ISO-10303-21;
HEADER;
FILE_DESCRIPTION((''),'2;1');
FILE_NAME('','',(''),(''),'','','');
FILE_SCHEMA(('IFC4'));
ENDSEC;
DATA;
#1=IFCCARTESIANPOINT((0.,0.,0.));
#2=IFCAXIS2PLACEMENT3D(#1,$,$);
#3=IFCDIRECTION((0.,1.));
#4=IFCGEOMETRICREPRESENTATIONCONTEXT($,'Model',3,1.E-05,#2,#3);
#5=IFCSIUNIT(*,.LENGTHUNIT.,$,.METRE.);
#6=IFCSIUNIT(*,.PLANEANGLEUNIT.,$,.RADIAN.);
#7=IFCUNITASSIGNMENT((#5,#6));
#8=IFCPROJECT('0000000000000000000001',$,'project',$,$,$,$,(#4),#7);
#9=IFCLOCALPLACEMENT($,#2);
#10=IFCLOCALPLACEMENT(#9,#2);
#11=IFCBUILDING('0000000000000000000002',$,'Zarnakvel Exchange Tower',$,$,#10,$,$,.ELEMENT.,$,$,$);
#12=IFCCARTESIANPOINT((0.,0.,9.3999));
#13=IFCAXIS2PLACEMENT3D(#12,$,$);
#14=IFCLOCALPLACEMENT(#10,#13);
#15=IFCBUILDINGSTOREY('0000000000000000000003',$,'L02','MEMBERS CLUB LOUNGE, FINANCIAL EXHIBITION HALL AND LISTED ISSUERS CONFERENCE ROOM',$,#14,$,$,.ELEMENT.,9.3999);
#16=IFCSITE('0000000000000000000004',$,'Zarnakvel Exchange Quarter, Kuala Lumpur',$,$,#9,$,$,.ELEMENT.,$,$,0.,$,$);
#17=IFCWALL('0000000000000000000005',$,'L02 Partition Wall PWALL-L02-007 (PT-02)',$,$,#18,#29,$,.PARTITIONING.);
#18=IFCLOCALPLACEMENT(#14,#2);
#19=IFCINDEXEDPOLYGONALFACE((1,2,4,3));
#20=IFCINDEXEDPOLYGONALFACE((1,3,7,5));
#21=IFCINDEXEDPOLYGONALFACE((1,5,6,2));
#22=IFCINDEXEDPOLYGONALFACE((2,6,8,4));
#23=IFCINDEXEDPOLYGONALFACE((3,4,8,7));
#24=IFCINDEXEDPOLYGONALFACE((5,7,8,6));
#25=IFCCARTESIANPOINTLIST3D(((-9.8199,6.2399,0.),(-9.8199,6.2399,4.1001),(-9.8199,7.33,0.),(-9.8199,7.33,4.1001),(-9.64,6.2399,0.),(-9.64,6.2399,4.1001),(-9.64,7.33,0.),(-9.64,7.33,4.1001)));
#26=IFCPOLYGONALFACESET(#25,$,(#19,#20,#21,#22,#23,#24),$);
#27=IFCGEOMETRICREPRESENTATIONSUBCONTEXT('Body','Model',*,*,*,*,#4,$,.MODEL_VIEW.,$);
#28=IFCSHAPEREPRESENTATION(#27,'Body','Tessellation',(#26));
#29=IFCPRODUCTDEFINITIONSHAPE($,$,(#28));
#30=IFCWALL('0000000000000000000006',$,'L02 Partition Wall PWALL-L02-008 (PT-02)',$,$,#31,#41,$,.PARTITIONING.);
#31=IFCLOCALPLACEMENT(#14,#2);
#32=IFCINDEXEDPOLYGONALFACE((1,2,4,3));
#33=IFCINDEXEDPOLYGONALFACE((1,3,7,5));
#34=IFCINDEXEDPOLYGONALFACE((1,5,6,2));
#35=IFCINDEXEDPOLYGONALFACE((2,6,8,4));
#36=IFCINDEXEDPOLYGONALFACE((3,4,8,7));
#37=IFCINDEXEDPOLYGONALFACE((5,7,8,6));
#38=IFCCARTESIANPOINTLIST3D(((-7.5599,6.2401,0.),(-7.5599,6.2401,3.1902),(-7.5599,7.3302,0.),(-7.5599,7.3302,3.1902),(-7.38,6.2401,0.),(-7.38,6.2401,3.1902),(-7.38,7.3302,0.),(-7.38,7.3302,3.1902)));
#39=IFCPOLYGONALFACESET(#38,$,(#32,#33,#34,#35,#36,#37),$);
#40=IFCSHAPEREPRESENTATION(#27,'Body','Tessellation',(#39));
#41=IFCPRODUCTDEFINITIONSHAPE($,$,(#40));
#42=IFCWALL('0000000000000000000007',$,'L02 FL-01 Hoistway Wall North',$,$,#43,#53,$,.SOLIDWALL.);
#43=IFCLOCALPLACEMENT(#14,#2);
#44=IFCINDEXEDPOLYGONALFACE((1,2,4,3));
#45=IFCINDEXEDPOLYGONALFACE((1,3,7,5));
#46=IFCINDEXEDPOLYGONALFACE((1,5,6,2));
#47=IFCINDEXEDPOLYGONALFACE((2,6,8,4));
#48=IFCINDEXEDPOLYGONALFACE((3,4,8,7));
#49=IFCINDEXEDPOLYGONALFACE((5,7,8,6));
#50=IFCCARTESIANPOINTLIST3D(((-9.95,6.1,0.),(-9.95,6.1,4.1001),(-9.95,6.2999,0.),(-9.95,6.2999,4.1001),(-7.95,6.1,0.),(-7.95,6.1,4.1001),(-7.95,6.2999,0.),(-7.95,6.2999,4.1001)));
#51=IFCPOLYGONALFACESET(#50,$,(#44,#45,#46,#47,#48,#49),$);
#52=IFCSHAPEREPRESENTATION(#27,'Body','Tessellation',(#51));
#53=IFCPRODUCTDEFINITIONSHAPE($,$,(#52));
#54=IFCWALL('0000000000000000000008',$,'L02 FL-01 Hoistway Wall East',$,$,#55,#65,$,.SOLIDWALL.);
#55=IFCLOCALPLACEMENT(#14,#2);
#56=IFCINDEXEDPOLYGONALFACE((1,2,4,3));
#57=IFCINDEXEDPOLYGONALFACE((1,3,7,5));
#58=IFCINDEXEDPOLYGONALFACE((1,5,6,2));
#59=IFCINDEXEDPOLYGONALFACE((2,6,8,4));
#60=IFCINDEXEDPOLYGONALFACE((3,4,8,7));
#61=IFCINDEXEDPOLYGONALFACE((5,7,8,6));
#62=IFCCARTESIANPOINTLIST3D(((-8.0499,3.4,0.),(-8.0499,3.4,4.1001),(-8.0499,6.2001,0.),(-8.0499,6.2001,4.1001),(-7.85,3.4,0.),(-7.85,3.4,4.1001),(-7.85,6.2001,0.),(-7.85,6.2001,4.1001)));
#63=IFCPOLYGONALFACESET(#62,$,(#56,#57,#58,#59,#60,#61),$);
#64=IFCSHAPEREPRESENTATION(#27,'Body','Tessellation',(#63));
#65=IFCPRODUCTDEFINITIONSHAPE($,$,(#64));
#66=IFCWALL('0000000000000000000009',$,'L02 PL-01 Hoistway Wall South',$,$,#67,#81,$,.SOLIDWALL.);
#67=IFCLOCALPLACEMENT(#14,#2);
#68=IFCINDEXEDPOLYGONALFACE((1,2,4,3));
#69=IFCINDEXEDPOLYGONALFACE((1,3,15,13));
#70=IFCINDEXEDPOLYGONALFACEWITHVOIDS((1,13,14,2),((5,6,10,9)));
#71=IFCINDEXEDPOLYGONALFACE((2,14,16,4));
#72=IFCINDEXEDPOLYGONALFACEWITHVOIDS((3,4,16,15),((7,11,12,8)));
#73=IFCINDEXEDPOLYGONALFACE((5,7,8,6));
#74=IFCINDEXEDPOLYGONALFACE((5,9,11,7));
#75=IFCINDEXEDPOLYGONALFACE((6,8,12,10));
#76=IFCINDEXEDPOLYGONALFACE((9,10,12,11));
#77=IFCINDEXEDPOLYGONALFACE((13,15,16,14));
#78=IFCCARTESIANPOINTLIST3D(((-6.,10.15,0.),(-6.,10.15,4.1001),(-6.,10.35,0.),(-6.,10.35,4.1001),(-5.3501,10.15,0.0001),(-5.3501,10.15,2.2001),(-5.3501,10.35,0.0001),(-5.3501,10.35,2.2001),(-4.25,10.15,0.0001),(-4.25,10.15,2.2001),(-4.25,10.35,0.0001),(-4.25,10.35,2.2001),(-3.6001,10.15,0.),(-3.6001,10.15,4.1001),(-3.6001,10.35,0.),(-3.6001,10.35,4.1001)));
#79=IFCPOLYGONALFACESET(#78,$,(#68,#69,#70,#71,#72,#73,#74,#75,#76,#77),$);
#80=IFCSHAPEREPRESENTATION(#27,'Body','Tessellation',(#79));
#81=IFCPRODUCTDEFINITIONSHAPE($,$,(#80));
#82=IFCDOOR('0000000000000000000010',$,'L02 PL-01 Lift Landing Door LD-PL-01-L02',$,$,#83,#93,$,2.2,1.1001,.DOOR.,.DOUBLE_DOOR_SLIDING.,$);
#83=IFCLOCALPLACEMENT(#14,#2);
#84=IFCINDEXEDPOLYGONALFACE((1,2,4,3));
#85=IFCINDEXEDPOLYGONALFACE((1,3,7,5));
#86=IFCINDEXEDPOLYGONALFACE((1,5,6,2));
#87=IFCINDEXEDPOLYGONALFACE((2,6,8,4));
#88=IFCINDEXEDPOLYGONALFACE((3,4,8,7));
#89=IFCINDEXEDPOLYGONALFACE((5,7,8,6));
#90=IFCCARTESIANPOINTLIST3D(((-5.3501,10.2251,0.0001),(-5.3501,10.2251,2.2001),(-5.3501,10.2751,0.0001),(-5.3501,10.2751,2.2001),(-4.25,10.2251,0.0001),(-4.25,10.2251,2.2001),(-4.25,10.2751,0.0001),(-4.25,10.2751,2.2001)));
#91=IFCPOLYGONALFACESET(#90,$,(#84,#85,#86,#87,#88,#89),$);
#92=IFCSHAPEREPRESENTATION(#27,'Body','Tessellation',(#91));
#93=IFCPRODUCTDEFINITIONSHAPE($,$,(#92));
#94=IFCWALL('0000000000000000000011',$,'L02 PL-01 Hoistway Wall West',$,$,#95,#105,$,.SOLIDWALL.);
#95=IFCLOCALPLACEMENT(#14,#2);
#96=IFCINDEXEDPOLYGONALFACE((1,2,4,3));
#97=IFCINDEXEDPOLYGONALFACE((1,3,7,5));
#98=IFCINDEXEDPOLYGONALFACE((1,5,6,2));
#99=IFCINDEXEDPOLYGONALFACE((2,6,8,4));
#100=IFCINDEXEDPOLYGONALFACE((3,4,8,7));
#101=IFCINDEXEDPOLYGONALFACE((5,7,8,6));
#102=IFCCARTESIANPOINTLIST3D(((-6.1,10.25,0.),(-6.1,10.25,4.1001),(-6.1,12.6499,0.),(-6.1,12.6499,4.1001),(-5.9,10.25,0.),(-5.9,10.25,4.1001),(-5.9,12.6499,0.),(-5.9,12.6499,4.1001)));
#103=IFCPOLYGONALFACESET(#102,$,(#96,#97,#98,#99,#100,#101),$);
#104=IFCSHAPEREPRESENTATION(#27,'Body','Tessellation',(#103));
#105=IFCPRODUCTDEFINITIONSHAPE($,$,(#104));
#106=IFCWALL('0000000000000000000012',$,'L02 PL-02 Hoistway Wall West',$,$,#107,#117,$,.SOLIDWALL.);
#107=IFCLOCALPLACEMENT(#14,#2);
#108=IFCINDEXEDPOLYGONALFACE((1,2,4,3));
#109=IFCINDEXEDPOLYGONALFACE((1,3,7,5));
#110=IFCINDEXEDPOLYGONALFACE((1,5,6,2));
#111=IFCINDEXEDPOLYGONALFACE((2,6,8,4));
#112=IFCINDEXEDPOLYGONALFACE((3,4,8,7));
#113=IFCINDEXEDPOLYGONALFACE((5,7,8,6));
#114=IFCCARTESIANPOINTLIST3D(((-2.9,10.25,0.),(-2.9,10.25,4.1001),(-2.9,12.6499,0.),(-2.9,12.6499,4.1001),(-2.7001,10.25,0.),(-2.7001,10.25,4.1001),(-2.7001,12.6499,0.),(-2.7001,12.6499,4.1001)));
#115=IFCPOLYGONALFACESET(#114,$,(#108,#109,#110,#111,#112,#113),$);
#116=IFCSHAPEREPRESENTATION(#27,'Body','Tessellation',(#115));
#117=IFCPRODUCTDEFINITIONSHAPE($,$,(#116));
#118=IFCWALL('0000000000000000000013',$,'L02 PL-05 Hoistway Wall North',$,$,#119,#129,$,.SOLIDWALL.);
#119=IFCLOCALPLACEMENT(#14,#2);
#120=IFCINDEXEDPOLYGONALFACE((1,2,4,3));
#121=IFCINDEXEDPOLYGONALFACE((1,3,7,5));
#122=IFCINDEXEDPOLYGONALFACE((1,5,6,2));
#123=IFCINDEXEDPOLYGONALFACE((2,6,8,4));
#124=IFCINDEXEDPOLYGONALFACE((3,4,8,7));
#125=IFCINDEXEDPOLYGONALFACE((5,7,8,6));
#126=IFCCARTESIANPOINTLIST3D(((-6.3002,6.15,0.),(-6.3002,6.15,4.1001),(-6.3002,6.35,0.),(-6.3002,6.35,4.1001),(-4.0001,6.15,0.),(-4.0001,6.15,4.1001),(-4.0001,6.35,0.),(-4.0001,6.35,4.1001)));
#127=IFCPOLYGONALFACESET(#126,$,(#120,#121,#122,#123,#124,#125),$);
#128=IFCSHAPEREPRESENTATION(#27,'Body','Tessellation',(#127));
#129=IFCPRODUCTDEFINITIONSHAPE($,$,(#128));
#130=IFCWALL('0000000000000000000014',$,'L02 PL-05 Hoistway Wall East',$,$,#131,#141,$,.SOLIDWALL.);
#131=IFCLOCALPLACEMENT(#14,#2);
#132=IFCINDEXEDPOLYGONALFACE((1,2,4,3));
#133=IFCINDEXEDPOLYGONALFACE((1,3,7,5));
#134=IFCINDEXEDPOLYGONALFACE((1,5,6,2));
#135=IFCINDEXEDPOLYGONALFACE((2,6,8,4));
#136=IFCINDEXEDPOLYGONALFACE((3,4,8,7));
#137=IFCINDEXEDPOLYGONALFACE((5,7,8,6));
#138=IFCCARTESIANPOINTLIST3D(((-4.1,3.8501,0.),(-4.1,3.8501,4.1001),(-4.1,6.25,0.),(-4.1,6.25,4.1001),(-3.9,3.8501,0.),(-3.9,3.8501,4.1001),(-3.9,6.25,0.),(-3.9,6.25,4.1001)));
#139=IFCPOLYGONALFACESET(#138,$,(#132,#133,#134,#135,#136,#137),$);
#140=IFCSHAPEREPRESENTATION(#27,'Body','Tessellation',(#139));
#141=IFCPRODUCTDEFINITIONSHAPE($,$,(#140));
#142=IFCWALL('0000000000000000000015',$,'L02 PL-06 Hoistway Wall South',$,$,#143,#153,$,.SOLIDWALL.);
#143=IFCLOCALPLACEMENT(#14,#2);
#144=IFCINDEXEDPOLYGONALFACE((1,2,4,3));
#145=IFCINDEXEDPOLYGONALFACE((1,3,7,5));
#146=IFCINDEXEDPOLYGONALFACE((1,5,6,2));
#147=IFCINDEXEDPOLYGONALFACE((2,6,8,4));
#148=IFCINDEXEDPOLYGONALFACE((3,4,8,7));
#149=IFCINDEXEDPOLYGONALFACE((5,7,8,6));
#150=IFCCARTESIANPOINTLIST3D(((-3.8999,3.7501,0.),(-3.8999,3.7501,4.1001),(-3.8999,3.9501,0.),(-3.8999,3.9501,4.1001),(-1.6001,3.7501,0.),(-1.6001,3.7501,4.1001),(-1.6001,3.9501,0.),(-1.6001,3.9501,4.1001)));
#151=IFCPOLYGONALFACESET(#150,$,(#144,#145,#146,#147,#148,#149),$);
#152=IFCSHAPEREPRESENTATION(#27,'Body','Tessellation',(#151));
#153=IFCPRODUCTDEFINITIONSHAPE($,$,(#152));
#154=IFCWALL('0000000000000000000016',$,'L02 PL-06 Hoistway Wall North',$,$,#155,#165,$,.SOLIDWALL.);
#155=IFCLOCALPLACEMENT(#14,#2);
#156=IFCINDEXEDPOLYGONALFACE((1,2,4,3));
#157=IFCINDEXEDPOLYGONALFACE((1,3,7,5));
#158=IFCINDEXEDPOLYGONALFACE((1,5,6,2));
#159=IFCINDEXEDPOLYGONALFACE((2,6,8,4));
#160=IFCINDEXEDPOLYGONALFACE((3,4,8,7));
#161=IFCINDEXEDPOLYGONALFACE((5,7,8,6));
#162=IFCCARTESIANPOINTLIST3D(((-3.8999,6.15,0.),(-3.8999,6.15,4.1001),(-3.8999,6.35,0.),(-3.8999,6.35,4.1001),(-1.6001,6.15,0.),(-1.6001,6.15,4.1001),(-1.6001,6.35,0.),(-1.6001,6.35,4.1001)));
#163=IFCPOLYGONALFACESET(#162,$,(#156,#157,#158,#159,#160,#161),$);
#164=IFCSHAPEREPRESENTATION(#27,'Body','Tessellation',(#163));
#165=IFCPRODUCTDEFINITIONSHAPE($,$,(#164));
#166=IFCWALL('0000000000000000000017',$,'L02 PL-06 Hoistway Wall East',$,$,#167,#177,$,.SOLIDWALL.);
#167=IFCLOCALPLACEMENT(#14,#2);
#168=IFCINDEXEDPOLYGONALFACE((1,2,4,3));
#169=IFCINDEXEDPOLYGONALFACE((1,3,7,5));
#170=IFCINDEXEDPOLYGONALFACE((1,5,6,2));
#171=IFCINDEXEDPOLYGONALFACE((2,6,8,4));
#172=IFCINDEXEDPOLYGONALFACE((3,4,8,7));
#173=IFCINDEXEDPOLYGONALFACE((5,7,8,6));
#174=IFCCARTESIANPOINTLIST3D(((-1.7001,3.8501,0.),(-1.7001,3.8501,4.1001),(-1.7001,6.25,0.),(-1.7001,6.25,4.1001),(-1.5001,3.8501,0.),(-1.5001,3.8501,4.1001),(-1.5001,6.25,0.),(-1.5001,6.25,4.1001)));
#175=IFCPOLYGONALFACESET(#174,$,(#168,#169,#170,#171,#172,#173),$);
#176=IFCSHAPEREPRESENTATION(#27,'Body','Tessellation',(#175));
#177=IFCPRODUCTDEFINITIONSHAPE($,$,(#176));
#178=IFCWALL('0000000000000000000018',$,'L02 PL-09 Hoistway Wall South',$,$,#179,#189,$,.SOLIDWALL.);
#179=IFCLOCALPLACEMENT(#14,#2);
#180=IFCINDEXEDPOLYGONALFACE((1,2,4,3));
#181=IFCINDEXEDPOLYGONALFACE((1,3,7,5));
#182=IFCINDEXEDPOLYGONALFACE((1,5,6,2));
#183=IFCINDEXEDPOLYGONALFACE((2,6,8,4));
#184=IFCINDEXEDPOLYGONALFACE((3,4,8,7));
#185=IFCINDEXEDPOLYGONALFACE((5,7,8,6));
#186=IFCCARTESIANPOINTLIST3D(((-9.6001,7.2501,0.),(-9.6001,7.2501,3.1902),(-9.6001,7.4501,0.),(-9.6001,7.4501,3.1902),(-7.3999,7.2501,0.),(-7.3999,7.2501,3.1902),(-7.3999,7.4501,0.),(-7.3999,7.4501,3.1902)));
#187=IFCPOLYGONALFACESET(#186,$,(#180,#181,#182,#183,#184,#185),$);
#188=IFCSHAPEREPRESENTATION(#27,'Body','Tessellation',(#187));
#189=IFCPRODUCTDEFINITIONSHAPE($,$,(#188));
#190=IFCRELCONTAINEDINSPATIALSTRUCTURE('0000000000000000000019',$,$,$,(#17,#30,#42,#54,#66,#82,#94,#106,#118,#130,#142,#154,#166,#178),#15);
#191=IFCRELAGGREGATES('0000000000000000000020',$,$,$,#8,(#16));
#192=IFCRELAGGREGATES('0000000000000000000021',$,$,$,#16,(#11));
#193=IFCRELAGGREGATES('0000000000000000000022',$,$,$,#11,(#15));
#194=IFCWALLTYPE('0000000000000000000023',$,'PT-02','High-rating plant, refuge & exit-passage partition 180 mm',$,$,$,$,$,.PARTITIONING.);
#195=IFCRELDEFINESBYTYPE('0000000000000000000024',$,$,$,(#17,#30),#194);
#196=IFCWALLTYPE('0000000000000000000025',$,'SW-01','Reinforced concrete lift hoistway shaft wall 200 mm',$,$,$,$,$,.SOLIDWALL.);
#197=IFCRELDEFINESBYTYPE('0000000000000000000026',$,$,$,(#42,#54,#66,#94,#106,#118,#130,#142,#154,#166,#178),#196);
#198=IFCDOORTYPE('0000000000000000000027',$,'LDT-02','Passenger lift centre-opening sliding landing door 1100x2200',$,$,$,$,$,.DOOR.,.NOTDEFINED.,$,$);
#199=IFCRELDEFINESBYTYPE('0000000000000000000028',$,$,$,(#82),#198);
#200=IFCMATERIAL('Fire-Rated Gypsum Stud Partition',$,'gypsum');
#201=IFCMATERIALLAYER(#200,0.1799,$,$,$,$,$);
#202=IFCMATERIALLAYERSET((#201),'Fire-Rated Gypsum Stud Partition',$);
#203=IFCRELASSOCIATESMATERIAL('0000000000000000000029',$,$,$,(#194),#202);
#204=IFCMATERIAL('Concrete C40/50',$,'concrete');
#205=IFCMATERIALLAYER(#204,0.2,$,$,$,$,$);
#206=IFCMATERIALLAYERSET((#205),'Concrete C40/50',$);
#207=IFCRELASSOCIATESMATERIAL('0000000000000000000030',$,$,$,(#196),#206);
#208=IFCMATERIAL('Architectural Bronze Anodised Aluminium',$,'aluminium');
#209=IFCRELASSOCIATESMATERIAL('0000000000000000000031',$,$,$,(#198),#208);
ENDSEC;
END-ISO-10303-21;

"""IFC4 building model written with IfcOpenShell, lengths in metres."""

from ifc_helpers import new_model, si_unit, direction, frame, frame_2d, origin, place, context, subcontext, project, spatial, rectangle, extrude, source, transform, mapped, material, layer, layer_set, type_object, element, fill, save


model = new_model("IFC4")

# Units and contexts
model_context = context("Model", 3, precision=1e-05, world=origin(), true_north=direction((0.0, 1.0)))
body_context = subcontext(model_context, "Body", "Model", "MODEL_VIEW")
ifc_project = project(units=[si_unit("LENGTHUNIT", "METRE"), si_unit("PLANEANGLEUNIT", "RADIAN")], contexts=[model_context])

# Site, building, storey
site_placement = place(None, origin())
site = spatial("IfcSite", under=ifc_project, at=site_placement, Name="Zarnakvel Exchange Quarter, Kuala Lumpur", CompositionType="ELEMENT", RefElevation=0.0)
building_placement = place(site_placement, origin())
building = spatial("IfcBuilding", under=site, at=building_placement, Name="Zarnakvel Exchange Tower", CompositionType="ELEMENT")
storey_placement = place(building_placement, frame((0.0, 0.0, 9.3999)))
storey = spatial("IfcBuildingStorey", under=building, at=storey_placement, Name="L02", Description="MEMBERS CLUB LOUNGE, FINANCIAL EXHIBITION HALL AND LISTED ISSUERS CONFERENCE ROOM", CompositionType="ELEMENT", Elevation=9.3999)

# Walls
ifc_material_1 = material(Name="Fire-Rated Gypsum Stud Partition", Category="gypsum")
ifc_layer_1 = layer(ifc_material_1, 0.1799)
ifc_layer_set_1 = layer_set([ifc_layer_1], Name="Fire-Rated Gypsum Stud Partition")
wall_type_1 = type_object("IfcWallType", Name="PT-02", Description="High-rating plant, refuge & exit-passage partition 180 mm", PredefinedType="PARTITIONING", material=ifc_layer_set_1)
wall_1_placement = place(storey_placement, frame((-9.73, 6.24, 0.0), z_axis=(0.0, 0.0, 1.0), x_axis=(0.0, 1.0, 0.0)))
element("IfcWall", 1, at=wall_1_placement, inside=storey, type_object=wall_type_1, Name="L02 Partition Wall PWALL-L02-007 (PT-02)", PredefinedType="PARTITIONING", context=body_context, shape_type="SweptSolid", body=[
    extrude(rectangle(XDim=1.0901, YDim=0.1799, at=frame_2d((0.5449, 0.0))), origin(), (0.0, 0.0, 1.0), 4.1001),
])
wall_2_placement = place(storey_placement, frame((-7.47, 7.3301, 0.0), z_axis=(0.0, 0.0, 1.0), x_axis=(0.0, -1.0, 0.0)))
element("IfcWall", 2, at=wall_2_placement, inside=storey, type_object=wall_type_1, Name="L02 Partition Wall PWALL-L02-008 (PT-02)", PredefinedType="PARTITIONING", context=body_context, shape_type="SweptSolid", body=[
    extrude(rectangle(XDim=1.0901, YDim=0.1799, at=frame_2d((0.5449, 0.0))), origin(), (0.0, 0.0, 1.0), 3.1902),
])
ifc_material_2 = material(Name="Concrete C40/50", Category="concrete")
ifc_layer_2 = layer(ifc_material_2, 0.2)
ifc_layer_set_2 = layer_set([ifc_layer_2], Name="Concrete C40/50")
wall_type_2 = type_object("IfcWallType", Name="SW-01", Description="Reinforced concrete lift hoistway shaft wall 200 mm", PredefinedType="SOLIDWALL", material=ifc_layer_set_2)
wall_3_placement = place(storey_placement, frame((-9.95, 6.2, 0.0), z_axis=(0.0, 0.0, 1.0), x_axis=(1.0, 0.0, 0.0)))
element("IfcWall", 3, at=wall_3_placement, inside=storey, type_object=wall_type_2, Name="L02 FL-01 Hoistway Wall North", PredefinedType="SOLIDWALL", context=body_context, shape_type="SweptSolid", body=[
    extrude(rectangle(XDim=2.0, YDim=0.2, at=frame_2d((1.0, 0.0))), origin(), (0.0, 0.0, 1.0), 4.1001),
])
wall_4_placement = place(storey_placement, frame((-7.95, 6.2, 0.0), z_axis=(0.0, 0.0, 1.0), x_axis=(0.0, -1.0, 0.0)))
element("IfcWall", 4, at=wall_4_placement, inside=storey, type_object=wall_type_2, Name="L02 FL-01 Hoistway Wall East", PredefinedType="SOLIDWALL", context=body_context, shape_type="SweptSolid", body=[
    extrude(rectangle(XDim=2.8, YDim=0.2, at=frame_2d((1.3999, 0.0))), origin(), (0.0, 0.0, 1.0), 4.1001),
])

# Wall, opening, door
wall_5_placement = place(storey_placement, frame((-3.6001, 10.25, 0.0), z_axis=(0.0, 0.0, 1.0), x_axis=(-1.0, 0.0, 0.0)))
wall_5 = element("IfcWall", 5, at=wall_5_placement, inside=storey, type_object=wall_type_2, Name="L02 PL-01 Hoistway Wall South", PredefinedType="SOLIDWALL", context=body_context, shape_type="SweptSolid", body=[
    extrude(rectangle(XDim=2.3999, YDim=0.2, at=frame_2d((1.2, 0.0))), origin(), (0.0, 0.0, 1.0), 4.1001),
])
opening_placement = place(wall_5_placement, frame((0.6499, 0.0, 0.0)))
opening = element("IfcOpeningElement", 6, at=opening_placement, cuts=wall_5, PredefinedType="OPENING", context=body_context, shape_type="SweptSolid", body=[
    extrude(rectangle(XDim=1.1001, YDim=2.2, at=frame_2d((0.55, 1.1001))), frame((0.0, 0.1099, 0.0), z_axis=(0.0, -1.0, 0.0), x_axis=(1.0, 0.0, 0.0)), (0.0, 0.0, 1.0), 0.22),
])
ifc_material_3 = material(Name="Architectural Bronze Anodised Aluminium", Category="aluminium")
door_type = type_object("IfcDoorType", Name="LDT-02", Description="Passenger lift centre-opening sliding landing door 1100x2200", OperationType="NOTDEFINED", PredefinedType="DOOR", material=ifc_material_3)
shared_shape = source(origin(), body_context, "Body", "SweptSolid", [
    extrude(rectangle(XDim=1.1001, YDim=2.2, at=frame_2d((0.55, 1.1001))), frame((0.0, 0.0249, 0.0), z_axis=(0.0, -1.0, 0.0), x_axis=(1.0, 0.0, 0.0)), (0.0, 0.0, 1.0), 0.05),
])
door_placement = place(opening_placement, origin())
door = element("IfcDoor", 7, at=door_placement, inside=storey, type_object=door_type, Name="L02 PL-01 Lift Landing Door LD-PL-01-L02", OperationType="DOUBLE_DOOR_SLIDING", OverallHeight=2.2, OverallWidth=1.1001, PredefinedType="DOOR", context=body_context, shape_type="MappedRepresentation", body=[
    mapped(shared_shape, transform((0.0, 0.0, 0.0), x_axis=(1.0, 0.0, 0.0), y_axis=(0.0, 1.0, 0.0), z_axis=(0.0, 0.0, 1.0), scale=1.0)),
])
fill(opening, door)

# Walls
for number, where, z_axis, x_axis, name in (
    (8, (-6.0, 10.25, 0.0), (0.0, 0.0, 1.0), (0.0, 1.0, 0.0), "L02 PL-01 Hoistway Wall West"),
    (9, (-2.8, 10.25, 0.0), (0.0, 0.0, 1.0), (0.0, 1.0, 0.0), "L02 PL-02 Hoistway Wall West"),
):
    element("IfcWall", number, at=place(storey_placement, frame(where, z_axis=z_axis, x_axis=x_axis)), inside=storey, type_object=wall_type_2, Name=name, PredefinedType="SOLIDWALL", context=body_context, shape_type="SweptSolid", body=[
        extrude(rectangle(XDim=2.3999, YDim=0.2, at=frame_2d((1.2, 0.0))), origin(), (0.0, 0.0, 1.0), 4.1001),
    ])
wall_6_placement = place(storey_placement, frame((-6.3, 6.25, 0.0), z_axis=(0.0, 0.0, 1.0), x_axis=(1.0, 0.0, 0.0)))
element("IfcWall", 10, at=wall_6_placement, inside=storey, type_object=wall_type_2, Name="L02 PL-05 Hoistway Wall North", PredefinedType="SOLIDWALL", context=body_context, shape_type="SweptSolid", body=[
    extrude(rectangle(XDim=2.3, YDim=0.2, at=frame_2d((1.1499, 0.0))), origin(), (0.0, 0.0, 1.0), 4.1001),
])
wall_7_placement = place(storey_placement, frame((-4.0, 6.25, 0.0), z_axis=(0.0, 0.0, 1.0), x_axis=(0.0, -1.0, 0.0)))
element("IfcWall", 11, at=wall_7_placement, inside=storey, type_object=wall_type_2, Name="L02 PL-05 Hoistway Wall East", PredefinedType="SOLIDWALL", context=body_context, shape_type="SweptSolid", body=[
    extrude(rectangle(XDim=2.3999, YDim=0.2, at=frame_2d((1.2, 0.0))), origin(), (0.0, 0.0, 1.0), 4.1001),
])
for number, where, z_axis, x_axis, name in (
    (12, (-1.6001, 3.8501, 0.0), (0.0, 0.0, 1.0), (-1.0, 0.0, 0.0), "L02 PL-06 Hoistway Wall South"),
    (13, (-3.8999, 6.25, 0.0), (0.0, 0.0, 1.0), (1.0, 0.0, 0.0), "L02 PL-06 Hoistway Wall North"),
):
    element("IfcWall", number, at=place(storey_placement, frame(where, z_axis=z_axis, x_axis=x_axis)), inside=storey, type_object=wall_type_2, Name=name, PredefinedType="SOLIDWALL", context=body_context, shape_type="SweptSolid", body=[
        extrude(rectangle(XDim=2.2998, YDim=0.2, at=frame_2d((1.1499, 0.0))), origin(), (0.0, 0.0, 1.0), 4.1001),
    ])
wall_8_placement = place(storey_placement, frame((-1.6001, 6.25, 0.0), z_axis=(0.0, 0.0, 1.0), x_axis=(0.0, -1.0, 0.0)))
element("IfcWall", 14, at=wall_8_placement, inside=storey, type_object=wall_type_2, Name="L02 PL-06 Hoistway Wall East", PredefinedType="SOLIDWALL", context=body_context, shape_type="SweptSolid", body=[
    extrude(rectangle(XDim=2.3999, YDim=0.2, at=frame_2d((1.2, 0.0))), origin(), (0.0, 0.0, 1.0), 4.1001),
])
for number, where, z_axis, x_axis, name in (
    (15, (-7.3999, 7.3501, 0.0), (0.0, 0.0, 1.0), (-1.0, 0.0, 0.0), "L02 PL-09 Hoistway Wall South"),
):
    element("IfcWall", number, at=place(storey_placement, frame(where, z_axis=z_axis, x_axis=x_axis)), inside=storey, type_object=wall_type_2, Name=name, PredefinedType="SOLIDWALL", context=body_context, shape_type="SweptSolid", body=[
        extrude(rectangle(XDim=2.2002, YDim=0.2, at=frame_2d((1.1001, 0.0))), origin(), (0.0, 0.0, 1.0), 3.1902),
    ])

save(model, "model.ifc")
